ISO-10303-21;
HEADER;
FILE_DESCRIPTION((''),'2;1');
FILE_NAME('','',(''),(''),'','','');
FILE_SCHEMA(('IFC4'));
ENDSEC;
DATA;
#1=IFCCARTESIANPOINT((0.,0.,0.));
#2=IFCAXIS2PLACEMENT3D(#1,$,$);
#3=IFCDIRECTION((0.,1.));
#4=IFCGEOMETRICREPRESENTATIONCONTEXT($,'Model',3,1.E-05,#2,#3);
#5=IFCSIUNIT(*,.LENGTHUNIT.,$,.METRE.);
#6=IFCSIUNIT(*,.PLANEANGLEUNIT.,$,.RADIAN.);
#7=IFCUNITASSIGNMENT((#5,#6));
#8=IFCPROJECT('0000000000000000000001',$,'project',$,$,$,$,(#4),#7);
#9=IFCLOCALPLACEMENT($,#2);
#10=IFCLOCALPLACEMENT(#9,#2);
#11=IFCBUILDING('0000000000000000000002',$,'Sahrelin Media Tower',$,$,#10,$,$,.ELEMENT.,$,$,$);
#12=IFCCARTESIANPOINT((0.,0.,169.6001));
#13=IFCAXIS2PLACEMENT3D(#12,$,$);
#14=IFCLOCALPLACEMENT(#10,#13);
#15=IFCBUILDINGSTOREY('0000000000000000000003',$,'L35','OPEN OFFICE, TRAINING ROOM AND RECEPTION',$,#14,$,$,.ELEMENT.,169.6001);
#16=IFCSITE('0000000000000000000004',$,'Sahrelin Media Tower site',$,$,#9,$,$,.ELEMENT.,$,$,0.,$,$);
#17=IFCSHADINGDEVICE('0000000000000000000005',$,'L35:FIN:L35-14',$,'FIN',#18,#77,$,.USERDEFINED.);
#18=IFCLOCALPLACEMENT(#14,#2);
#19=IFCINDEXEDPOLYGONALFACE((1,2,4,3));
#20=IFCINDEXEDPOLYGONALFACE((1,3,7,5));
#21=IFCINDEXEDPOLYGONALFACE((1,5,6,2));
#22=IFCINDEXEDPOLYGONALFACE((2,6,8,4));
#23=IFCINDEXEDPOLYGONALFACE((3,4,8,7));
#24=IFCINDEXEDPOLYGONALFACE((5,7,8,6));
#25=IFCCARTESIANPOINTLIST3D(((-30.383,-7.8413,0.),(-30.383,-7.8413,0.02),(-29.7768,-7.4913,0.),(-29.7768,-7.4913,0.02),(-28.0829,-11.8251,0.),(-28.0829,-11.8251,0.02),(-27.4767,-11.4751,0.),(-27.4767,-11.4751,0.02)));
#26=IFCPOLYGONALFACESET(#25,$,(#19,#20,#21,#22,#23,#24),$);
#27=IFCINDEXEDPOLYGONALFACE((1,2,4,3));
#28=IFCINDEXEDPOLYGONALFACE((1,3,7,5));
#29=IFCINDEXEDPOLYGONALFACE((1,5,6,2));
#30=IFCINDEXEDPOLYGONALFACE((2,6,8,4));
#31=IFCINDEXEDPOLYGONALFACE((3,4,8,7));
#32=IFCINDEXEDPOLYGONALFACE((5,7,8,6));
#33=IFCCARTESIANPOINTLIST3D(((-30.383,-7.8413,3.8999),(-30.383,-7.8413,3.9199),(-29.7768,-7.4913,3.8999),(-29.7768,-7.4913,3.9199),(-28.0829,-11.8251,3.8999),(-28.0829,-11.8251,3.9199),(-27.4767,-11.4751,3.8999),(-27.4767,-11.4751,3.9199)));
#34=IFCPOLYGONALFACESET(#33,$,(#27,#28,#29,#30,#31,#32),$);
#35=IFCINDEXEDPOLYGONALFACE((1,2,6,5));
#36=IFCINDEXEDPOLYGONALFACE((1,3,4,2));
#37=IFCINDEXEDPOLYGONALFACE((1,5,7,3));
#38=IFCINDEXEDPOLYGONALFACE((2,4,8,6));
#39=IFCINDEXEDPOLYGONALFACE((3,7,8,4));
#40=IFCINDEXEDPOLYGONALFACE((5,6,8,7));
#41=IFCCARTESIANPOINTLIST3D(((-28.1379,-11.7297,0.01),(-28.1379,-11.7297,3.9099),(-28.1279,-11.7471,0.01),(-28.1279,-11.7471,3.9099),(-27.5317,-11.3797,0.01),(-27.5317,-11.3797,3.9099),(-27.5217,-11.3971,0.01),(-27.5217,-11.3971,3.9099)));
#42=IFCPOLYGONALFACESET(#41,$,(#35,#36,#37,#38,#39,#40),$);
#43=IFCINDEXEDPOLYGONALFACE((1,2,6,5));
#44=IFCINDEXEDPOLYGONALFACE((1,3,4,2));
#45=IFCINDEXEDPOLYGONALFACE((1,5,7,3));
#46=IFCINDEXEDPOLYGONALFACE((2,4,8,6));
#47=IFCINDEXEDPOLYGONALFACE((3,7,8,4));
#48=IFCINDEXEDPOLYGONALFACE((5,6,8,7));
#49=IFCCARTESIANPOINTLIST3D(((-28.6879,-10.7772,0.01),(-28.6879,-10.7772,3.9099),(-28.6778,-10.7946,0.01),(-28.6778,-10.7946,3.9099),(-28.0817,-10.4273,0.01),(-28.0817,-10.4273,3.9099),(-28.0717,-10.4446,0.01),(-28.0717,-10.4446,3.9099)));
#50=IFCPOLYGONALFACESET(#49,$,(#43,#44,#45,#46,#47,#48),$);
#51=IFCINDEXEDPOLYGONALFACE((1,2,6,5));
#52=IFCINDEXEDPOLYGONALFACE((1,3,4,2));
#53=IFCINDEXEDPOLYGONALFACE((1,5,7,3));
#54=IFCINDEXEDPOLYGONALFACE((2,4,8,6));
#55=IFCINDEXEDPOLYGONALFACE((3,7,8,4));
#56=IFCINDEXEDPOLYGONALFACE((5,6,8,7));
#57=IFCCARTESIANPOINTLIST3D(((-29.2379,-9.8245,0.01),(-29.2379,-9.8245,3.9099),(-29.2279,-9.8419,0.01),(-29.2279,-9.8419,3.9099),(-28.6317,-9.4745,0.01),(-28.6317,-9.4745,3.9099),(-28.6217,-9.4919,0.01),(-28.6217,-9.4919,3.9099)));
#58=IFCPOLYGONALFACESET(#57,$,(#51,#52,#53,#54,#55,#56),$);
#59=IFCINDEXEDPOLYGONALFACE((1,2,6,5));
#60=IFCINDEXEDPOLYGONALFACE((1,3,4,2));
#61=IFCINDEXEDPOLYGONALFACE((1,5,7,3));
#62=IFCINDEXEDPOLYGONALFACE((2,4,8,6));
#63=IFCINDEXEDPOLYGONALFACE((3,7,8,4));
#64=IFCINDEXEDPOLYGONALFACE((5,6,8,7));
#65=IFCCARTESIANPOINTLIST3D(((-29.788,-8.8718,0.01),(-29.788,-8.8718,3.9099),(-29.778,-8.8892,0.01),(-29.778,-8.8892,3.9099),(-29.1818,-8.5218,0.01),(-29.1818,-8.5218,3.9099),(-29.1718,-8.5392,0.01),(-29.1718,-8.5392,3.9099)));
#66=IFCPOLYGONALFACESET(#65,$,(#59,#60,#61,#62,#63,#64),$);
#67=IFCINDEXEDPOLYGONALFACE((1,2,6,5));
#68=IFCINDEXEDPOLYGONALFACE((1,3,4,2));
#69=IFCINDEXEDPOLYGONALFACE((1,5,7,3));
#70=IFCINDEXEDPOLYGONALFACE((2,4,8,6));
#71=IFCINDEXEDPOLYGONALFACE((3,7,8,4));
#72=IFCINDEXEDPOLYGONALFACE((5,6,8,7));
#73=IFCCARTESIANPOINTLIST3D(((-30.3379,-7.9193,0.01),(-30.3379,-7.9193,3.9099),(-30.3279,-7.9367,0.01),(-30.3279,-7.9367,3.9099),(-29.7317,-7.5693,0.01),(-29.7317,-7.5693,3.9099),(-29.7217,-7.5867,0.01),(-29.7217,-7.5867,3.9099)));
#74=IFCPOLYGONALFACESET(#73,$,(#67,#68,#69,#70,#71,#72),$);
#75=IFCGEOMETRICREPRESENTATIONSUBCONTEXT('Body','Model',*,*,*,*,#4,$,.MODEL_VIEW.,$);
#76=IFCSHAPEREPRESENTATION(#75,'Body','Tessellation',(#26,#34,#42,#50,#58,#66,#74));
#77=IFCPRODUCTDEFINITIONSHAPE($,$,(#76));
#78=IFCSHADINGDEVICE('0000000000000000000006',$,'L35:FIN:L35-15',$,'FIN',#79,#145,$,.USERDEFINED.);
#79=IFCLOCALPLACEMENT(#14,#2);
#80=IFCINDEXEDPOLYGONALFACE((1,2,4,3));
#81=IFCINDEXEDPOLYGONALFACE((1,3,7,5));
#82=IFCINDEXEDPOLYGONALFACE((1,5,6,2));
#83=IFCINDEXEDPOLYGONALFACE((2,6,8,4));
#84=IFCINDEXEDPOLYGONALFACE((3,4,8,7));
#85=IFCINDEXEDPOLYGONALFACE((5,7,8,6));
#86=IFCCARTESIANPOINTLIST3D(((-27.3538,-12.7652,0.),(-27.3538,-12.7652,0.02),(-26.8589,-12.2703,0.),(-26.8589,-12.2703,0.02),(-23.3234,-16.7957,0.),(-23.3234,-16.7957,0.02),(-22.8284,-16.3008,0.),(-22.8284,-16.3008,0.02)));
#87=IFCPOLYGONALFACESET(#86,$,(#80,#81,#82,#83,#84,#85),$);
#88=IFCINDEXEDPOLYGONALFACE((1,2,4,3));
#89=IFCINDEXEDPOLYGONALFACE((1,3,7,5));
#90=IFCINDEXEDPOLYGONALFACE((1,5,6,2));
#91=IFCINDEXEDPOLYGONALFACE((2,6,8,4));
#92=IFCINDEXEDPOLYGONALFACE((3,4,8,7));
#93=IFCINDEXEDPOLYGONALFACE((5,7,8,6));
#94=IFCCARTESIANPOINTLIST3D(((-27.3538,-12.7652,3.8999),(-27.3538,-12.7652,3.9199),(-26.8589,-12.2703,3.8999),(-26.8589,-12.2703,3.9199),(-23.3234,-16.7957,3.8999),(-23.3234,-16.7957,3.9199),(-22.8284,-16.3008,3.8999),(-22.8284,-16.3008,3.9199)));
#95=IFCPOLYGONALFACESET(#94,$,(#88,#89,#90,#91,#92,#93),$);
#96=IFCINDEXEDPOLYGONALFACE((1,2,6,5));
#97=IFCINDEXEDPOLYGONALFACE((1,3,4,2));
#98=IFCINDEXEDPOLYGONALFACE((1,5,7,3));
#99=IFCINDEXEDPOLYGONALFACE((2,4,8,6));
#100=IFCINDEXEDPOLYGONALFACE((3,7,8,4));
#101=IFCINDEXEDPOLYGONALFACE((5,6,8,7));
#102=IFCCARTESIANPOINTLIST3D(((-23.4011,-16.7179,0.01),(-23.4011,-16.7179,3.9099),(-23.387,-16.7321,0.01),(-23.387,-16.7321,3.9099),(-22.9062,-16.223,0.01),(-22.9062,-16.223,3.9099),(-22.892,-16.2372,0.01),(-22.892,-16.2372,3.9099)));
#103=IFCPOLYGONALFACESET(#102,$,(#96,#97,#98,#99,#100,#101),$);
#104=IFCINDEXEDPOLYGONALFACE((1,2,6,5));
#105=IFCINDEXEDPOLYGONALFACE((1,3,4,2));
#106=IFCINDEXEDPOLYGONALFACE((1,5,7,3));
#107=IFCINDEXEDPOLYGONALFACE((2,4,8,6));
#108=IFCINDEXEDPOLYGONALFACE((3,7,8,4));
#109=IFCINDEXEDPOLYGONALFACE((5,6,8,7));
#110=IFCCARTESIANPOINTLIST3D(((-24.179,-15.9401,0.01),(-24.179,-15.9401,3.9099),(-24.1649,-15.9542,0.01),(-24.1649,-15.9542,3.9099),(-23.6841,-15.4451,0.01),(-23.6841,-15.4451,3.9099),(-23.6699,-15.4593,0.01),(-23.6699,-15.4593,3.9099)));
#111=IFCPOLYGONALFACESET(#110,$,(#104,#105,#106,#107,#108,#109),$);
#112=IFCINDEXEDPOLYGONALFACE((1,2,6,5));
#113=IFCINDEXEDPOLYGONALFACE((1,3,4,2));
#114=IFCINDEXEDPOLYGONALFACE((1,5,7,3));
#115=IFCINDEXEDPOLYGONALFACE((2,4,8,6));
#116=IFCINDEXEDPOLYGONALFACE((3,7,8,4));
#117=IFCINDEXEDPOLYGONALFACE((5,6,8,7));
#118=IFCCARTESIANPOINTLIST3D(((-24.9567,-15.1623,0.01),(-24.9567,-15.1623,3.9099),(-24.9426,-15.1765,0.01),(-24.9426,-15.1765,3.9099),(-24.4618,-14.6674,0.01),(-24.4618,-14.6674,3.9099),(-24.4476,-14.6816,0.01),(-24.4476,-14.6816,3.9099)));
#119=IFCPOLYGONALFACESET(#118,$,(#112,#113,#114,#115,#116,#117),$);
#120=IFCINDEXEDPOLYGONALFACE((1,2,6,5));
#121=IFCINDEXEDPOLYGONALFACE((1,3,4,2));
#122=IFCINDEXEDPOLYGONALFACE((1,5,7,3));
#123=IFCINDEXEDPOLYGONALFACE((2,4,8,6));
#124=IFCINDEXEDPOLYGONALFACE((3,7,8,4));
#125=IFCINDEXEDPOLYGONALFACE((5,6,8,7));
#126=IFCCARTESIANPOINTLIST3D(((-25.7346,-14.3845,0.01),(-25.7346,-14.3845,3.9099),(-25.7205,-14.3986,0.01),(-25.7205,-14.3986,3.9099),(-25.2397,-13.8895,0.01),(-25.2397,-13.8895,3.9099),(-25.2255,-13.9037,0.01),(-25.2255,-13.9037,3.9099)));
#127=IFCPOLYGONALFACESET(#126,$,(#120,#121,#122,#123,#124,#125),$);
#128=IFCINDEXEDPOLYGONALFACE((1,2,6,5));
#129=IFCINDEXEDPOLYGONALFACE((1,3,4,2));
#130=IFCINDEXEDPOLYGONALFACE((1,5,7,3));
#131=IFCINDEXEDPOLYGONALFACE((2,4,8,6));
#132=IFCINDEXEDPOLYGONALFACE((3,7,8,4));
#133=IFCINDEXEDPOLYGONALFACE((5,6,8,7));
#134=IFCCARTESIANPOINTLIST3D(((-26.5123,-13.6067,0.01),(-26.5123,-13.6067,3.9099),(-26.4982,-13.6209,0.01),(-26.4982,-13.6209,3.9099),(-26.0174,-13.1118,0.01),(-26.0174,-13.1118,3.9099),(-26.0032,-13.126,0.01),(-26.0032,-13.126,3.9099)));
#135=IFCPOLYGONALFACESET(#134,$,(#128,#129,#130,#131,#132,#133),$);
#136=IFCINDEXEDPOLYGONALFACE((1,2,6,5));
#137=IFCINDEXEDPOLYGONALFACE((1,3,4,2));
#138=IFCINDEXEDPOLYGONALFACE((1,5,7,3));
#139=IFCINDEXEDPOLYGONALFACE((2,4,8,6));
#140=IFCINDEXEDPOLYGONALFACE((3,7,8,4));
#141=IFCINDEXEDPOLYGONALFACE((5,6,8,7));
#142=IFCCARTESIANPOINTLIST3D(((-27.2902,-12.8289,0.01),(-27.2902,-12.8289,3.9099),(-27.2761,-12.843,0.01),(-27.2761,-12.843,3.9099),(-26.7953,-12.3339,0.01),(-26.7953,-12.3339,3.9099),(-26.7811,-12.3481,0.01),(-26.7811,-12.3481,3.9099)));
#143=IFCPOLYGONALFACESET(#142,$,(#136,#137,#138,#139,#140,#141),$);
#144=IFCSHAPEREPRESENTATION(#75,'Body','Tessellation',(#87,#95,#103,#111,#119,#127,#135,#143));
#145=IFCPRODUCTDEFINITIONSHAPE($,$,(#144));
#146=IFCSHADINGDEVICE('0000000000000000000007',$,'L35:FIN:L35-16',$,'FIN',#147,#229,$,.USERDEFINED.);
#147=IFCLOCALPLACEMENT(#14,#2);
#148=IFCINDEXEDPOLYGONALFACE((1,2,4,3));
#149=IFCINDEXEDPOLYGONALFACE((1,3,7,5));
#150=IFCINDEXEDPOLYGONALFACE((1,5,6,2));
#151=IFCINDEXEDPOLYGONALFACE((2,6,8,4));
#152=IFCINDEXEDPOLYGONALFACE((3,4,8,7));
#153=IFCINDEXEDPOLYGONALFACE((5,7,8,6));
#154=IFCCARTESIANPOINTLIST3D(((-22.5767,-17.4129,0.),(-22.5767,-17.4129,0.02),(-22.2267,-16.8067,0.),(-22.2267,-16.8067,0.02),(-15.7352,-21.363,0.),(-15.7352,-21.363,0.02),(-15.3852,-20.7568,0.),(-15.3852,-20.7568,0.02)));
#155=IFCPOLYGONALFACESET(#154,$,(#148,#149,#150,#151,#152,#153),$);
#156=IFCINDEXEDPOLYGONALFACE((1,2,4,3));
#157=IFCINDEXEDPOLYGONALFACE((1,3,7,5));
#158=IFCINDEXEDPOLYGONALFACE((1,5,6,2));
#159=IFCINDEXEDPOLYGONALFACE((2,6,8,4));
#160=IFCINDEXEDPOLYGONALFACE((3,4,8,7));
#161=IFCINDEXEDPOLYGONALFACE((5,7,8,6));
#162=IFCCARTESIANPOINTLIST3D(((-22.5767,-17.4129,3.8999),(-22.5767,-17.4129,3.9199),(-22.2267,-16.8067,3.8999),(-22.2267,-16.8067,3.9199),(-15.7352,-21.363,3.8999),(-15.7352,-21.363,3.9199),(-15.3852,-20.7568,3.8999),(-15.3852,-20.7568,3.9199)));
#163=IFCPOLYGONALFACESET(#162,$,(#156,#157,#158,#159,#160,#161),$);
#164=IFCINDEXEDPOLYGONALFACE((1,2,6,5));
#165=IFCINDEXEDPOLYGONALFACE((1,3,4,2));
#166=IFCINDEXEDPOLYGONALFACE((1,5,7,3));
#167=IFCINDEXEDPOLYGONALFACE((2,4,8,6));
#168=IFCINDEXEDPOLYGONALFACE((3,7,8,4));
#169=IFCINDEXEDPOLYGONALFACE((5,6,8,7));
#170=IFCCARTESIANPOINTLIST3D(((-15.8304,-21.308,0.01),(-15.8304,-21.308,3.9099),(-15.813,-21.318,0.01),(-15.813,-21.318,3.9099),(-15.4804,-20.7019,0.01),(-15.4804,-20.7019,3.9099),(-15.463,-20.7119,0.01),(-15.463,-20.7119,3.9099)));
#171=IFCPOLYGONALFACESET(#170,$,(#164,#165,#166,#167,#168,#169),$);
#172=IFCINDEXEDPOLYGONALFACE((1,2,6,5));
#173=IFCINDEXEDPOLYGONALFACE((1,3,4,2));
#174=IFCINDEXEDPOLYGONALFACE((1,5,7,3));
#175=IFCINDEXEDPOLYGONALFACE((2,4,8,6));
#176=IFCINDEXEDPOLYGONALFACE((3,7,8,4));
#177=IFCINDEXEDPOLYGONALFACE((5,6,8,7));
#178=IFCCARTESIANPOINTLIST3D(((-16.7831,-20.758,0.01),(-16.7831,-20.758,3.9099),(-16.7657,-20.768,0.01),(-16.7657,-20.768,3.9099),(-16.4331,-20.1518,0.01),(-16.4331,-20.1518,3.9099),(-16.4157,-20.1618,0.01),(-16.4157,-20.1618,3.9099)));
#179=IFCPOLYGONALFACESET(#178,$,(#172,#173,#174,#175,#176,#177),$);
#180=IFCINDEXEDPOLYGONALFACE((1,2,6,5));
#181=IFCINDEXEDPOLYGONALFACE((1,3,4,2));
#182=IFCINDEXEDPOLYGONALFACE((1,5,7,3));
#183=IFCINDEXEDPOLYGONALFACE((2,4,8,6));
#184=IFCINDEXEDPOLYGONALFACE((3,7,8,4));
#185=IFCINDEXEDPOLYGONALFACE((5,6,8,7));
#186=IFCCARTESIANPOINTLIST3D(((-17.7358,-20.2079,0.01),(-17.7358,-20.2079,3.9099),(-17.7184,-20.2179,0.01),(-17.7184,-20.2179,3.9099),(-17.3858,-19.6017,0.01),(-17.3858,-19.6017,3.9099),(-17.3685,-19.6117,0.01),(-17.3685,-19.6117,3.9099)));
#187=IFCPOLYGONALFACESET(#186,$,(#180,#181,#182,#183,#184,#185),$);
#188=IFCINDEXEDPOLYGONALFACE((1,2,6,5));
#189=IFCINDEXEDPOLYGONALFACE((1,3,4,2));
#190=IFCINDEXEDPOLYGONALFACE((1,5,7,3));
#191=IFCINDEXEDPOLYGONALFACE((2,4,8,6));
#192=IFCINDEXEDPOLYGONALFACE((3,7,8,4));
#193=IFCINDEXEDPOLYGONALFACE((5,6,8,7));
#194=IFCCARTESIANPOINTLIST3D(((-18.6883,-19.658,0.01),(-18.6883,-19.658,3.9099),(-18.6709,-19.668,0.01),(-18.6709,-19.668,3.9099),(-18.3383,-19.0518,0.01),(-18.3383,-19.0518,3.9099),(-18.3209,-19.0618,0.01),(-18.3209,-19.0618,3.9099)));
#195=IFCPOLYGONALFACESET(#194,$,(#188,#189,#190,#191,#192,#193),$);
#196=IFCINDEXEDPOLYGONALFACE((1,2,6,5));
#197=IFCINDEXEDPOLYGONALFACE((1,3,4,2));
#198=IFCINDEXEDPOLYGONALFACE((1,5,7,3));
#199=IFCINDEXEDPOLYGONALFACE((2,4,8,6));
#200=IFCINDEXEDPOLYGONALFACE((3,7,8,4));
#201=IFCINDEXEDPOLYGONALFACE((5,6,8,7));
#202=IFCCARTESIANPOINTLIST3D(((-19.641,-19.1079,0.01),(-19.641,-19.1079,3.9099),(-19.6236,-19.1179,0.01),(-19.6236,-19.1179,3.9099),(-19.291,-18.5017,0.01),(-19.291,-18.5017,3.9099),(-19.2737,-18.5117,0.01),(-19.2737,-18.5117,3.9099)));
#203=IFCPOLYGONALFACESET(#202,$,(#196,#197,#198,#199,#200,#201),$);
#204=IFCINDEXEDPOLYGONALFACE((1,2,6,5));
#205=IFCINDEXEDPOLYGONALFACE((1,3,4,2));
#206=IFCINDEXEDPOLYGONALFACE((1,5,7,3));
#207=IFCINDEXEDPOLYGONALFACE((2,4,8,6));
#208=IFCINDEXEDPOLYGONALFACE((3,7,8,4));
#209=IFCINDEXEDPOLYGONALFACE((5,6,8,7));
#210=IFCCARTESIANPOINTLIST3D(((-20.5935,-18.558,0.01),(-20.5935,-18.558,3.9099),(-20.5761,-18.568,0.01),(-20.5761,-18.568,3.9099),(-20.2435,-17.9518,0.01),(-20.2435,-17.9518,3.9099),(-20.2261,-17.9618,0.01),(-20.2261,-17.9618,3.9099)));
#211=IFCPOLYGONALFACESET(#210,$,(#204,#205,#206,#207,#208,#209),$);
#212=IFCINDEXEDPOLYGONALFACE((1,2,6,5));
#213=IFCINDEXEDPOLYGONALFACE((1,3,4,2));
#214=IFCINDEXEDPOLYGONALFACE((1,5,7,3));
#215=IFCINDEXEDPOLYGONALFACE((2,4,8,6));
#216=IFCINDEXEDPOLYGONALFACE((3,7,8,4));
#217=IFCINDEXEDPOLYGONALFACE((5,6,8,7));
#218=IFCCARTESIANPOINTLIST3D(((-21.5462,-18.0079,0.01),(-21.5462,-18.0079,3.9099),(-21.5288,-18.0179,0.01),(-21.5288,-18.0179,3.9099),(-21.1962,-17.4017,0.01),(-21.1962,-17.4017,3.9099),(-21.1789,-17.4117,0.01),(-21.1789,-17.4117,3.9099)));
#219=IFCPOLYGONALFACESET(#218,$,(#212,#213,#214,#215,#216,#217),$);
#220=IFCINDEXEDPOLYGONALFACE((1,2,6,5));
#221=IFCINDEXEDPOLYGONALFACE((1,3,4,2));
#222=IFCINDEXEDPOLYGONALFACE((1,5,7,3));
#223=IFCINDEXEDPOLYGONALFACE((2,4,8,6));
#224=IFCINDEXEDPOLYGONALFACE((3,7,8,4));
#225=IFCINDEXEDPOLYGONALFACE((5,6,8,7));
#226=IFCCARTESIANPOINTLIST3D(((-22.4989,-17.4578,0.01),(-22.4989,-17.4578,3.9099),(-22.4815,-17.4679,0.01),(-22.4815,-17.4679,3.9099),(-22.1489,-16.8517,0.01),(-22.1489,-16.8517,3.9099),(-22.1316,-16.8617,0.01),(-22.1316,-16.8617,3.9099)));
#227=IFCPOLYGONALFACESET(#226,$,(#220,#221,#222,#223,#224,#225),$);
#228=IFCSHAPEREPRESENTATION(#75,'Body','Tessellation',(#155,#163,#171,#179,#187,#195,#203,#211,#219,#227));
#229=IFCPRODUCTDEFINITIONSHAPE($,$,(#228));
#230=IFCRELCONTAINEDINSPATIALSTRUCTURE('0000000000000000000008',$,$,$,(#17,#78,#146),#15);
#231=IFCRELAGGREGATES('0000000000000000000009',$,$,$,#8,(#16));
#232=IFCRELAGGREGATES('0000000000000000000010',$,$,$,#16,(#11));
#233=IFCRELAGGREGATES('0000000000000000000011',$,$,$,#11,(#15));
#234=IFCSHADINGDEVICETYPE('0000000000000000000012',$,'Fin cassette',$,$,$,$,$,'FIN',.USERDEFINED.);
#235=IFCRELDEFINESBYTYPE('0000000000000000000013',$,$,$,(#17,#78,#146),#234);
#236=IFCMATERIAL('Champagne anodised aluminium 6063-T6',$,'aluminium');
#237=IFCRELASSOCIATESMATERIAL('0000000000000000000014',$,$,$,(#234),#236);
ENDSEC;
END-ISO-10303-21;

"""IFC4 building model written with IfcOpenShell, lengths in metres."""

from ifc_helpers import new_model, si_unit, direction, frame, origin, origin_2d, place, context, subcontext, project, spatial, rectangle, extrude, material, type_object, element, save


model = new_model("IFC4")

# Units and contexts
model_context = context("Model", 3, precision=1e-05, world=origin(), true_north=direction((0.0, 1.0)))
body_context = subcontext(model_context, "Body", "Model", "MODEL_VIEW")
ifc_project = project(units=[si_unit("LENGTHUNIT", "METRE"), si_unit("PLANEANGLEUNIT", "RADIAN")], contexts=[model_context])

# Site, building, storey
site_placement = place(None, origin())
site = spatial("IfcSite", under=ifc_project, at=site_placement, Name="Sahrelin Media Tower site", CompositionType="ELEMENT", RefElevation=0.0)
building_placement = place(site_placement, origin())
building = spatial("IfcBuilding", under=site, at=building_placement, Name="Sahrelin Media Tower", CompositionType="ELEMENT")
storey_placement = place(building_placement, frame((0.0, 0.0, 169.6001)))
storey = spatial("IfcBuildingStorey", under=building, at=storey_placement, Name="L35", Description="OPEN OFFICE, TRAINING ROOM AND RECEPTION", CompositionType="ELEMENT", Elevation=169.6001)

# Shared definitions
ifc_material_1 = material(Name="Champagne anodised aluminium 6063-T6", Category="aluminium")

# Shading devices
shading_device_type_1 = type_object("IfcShadingDeviceType", Name="Fin cassette", ElementType="FIN", PredefinedType="USERDEFINED", material=ifc_material_1)
placement_1 = place(storey_placement, frame((-28.5662, -9.4482, 0.0), z_axis=(0.0, 0.0, 1.0), x_axis=(-0.500011, 0.866019, 0.0)))
element("IfcShadingDevice", 1, at=placement_1, inside=storey, type_object=shading_device_type_1, Name="L35:FIN:L35-14", ObjectType="FIN", PredefinedType="USERDEFINED", context=body_context, shape_type="SweptSolid", body=[
    extrude(rectangle(XDim=4.6001, YDim=0.7, at=origin_2d()), frame((0.0, 0.4199, 0.0)), (0.0, 0.0, 1.0), 0.02),
    extrude(rectangle(XDim=4.6001, YDim=0.7, at=origin_2d()), frame((0.0, 0.4199, 3.8999)), (0.0, 0.0, 1.0), 0.02),
    extrude(rectangle(XDim=0.02, YDim=0.7, at=origin_2d()), frame((-2.2, 0.4199, 0.01), z_axis=(0.0, 0.0, 1.0), x_axis=(1.0, 0.0, 0.0)), (0.0, 0.0, 1.0), 3.8999),
    extrude(rectangle(XDim=0.02, YDim=0.7, at=origin_2d()), frame((-1.1001, 0.4199, 0.01), z_axis=(0.0, 0.0, 1.0), x_axis=(1.0, 0.0, 0.0)), (0.0, 0.0, 1.0), 3.8999),
    extrude(rectangle(XDim=0.02, YDim=0.7, at=origin_2d()), frame((0.0, 0.4199, 0.01), z_axis=(0.0, 0.0, 1.0), x_axis=(1.0, 0.0, 0.0)), (0.0, 0.0, 1.0), 3.8999),
    extrude(rectangle(XDim=0.02, YDim=0.7, at=origin_2d()), frame((1.1001, 0.4199, 0.01), z_axis=(0.0, 0.0, 1.0), x_axis=(1.0, 0.0, 0.0)), (0.0, 0.0, 1.0), 3.8999),
    extrude(rectangle(XDim=0.02, YDim=0.7, at=origin_2d()), frame((2.2, 0.4199, 0.01), z_axis=(0.0, 0.0, 1.0), x_axis=(1.0, 0.0, 0.0)), (0.0, 0.0, 1.0), 3.8999),
])
placement_2 = place(storey_placement, frame((-24.7942, -14.2361, 0.0), z_axis=(0.0, 0.0, 1.0), x_axis=(-0.707107, 0.707107, 0.0)))
element("IfcShadingDevice", 2, at=placement_2, inside=storey, type_object=shading_device_type_1, Name="L35:FIN:L35-15", ObjectType="FIN", PredefinedType="USERDEFINED", context=body_context, shape_type="SweptSolid", body=[
    extrude(rectangle(XDim=5.7, YDim=0.7, at=origin_2d()), frame((0.0, 0.4199, 0.0)), (0.0, 0.0, 1.0), 0.02),
    extrude(rectangle(XDim=5.7, YDim=0.7, at=origin_2d()), frame((0.0, 0.4199, 3.8999)), (0.0, 0.0, 1.0), 0.02),
    extrude(rectangle(XDim=0.02, YDim=0.7, at=origin_2d()), frame((-2.75, 0.4199, 0.01), z_axis=(0.0, 0.0, 1.0), x_axis=(1.0, 0.0, 0.0)), (0.0, 0.0, 1.0), 3.8999),
    extrude(rectangle(XDim=0.02, YDim=0.7, at=origin_2d()), frame((-1.6499, 0.4199, 0.01), z_axis=(0.0, 0.0, 1.0), x_axis=(1.0, 0.0, 0.0)), (0.0, 0.0, 1.0), 3.8999),
    extrude(rectangle(XDim=0.02, YDim=0.7, at=origin_2d()), frame((-0.55, 0.4199, 0.01), z_axis=(0.0, 0.0, 1.0), x_axis=(1.0, 0.0, 0.0)), (0.0, 0.0, 1.0), 3.8999),
    extrude(rectangle(XDim=0.02, YDim=0.7, at=origin_2d()), frame((0.55, 0.4199, 0.01), z_axis=(0.0, 0.0, 1.0), x_axis=(1.0, 0.0, 0.0)), (0.0, 0.0, 1.0), 3.8999),
    extrude(rectangle(XDim=0.02, YDim=0.7, at=origin_2d()), frame((1.6499, 0.4199, 0.01), z_axis=(0.0, 0.0, 1.0), x_axis=(1.0, 0.0, 0.0)), (0.0, 0.0, 1.0), 3.8999),
    extrude(rectangle(XDim=0.02, YDim=0.7, at=origin_2d()), frame((2.75, 0.4199, 0.01), z_axis=(0.0, 0.0, 1.0), x_axis=(1.0, 0.0, 0.0)), (0.0, 0.0, 1.0), 3.8999),
])
placement_3 = place(storey_placement, frame((-18.771, -18.7212, 0.0), z_axis=(0.0, 0.0, 1.0), x_axis=(-0.866019, 0.500011, 0.0)))
element("IfcShadingDevice", 3, at=placement_3, inside=storey, type_object=shading_device_type_1, Name="L35:FIN:L35-16", ObjectType="FIN", PredefinedType="USERDEFINED", context=body_context, shape_type="SweptSolid", body=[
    extrude(rectangle(XDim=7.8999, YDim=0.7, at=origin_2d()), frame((0.0, 0.4199, 0.0)), (0.0, 0.0, 1.0), 0.02),
    extrude(rectangle(XDim=7.8999, YDim=0.7, at=origin_2d()), frame((0.0, 0.4199, 3.8999)), (0.0, 0.0, 1.0), 0.02),
    extrude(rectangle(XDim=0.02, YDim=0.7, at=origin_2d()), frame((-3.8501, 0.4199, 0.01), z_axis=(0.0, 0.0, 1.0), x_axis=(1.0, 0.0, 0.0)), (0.0, 0.0, 1.0), 3.8999),
    extrude(rectangle(XDim=0.02, YDim=0.7, at=origin_2d()), frame((-2.75, 0.4199, 0.01), z_axis=(0.0, 0.0, 1.0), x_axis=(1.0, 0.0, 0.0)), (0.0, 0.0, 1.0), 3.8999),
    extrude(rectangle(XDim=0.02, YDim=0.7, at=origin_2d()), frame((-1.6499, 0.4199, 0.01), z_axis=(0.0, 0.0, 1.0), x_axis=(1.0, 0.0, 0.0)), (0.0, 0.0, 1.0), 3.8999),
    extrude(rectangle(XDim=0.02, YDim=0.7, at=origin_2d()), frame((-0.55, 0.4199, 0.01), z_axis=(0.0, 0.0, 1.0), x_axis=(1.0, 0.0, 0.0)), (0.0, 0.0, 1.0), 3.8999),
    extrude(rectangle(XDim=0.02, YDim=0.7, at=origin_2d()), frame((0.55, 0.4199, 0.01), z_axis=(0.0, 0.0, 1.0), x_axis=(1.0, 0.0, 0.0)), (0.0, 0.0, 1.0), 3.8999),
    extrude(rectangle(XDim=0.02, YDim=0.7, at=origin_2d()), frame((1.6499, 0.4199, 0.01), z_axis=(0.0, 0.0, 1.0), x_axis=(1.0, 0.0, 0.0)), (0.0, 0.0, 1.0), 3.8999),
    extrude(rectangle(XDim=0.02, YDim=0.7, at=origin_2d()), frame((2.75, 0.4199, 0.01), z_axis=(0.0, 0.0, 1.0), x_axis=(1.0, 0.0, 0.0)), (0.0, 0.0, 1.0), 3.8999),
    extrude(rectangle(XDim=0.02, YDim=0.7, at=origin_2d()), frame((3.8501, 0.4199, 0.01), z_axis=(0.0, 0.0, 1.0), x_axis=(1.0, 0.0, 0.0)), (0.0, 0.0, 1.0), 3.8999),
])

save(model, "model.ifc")
